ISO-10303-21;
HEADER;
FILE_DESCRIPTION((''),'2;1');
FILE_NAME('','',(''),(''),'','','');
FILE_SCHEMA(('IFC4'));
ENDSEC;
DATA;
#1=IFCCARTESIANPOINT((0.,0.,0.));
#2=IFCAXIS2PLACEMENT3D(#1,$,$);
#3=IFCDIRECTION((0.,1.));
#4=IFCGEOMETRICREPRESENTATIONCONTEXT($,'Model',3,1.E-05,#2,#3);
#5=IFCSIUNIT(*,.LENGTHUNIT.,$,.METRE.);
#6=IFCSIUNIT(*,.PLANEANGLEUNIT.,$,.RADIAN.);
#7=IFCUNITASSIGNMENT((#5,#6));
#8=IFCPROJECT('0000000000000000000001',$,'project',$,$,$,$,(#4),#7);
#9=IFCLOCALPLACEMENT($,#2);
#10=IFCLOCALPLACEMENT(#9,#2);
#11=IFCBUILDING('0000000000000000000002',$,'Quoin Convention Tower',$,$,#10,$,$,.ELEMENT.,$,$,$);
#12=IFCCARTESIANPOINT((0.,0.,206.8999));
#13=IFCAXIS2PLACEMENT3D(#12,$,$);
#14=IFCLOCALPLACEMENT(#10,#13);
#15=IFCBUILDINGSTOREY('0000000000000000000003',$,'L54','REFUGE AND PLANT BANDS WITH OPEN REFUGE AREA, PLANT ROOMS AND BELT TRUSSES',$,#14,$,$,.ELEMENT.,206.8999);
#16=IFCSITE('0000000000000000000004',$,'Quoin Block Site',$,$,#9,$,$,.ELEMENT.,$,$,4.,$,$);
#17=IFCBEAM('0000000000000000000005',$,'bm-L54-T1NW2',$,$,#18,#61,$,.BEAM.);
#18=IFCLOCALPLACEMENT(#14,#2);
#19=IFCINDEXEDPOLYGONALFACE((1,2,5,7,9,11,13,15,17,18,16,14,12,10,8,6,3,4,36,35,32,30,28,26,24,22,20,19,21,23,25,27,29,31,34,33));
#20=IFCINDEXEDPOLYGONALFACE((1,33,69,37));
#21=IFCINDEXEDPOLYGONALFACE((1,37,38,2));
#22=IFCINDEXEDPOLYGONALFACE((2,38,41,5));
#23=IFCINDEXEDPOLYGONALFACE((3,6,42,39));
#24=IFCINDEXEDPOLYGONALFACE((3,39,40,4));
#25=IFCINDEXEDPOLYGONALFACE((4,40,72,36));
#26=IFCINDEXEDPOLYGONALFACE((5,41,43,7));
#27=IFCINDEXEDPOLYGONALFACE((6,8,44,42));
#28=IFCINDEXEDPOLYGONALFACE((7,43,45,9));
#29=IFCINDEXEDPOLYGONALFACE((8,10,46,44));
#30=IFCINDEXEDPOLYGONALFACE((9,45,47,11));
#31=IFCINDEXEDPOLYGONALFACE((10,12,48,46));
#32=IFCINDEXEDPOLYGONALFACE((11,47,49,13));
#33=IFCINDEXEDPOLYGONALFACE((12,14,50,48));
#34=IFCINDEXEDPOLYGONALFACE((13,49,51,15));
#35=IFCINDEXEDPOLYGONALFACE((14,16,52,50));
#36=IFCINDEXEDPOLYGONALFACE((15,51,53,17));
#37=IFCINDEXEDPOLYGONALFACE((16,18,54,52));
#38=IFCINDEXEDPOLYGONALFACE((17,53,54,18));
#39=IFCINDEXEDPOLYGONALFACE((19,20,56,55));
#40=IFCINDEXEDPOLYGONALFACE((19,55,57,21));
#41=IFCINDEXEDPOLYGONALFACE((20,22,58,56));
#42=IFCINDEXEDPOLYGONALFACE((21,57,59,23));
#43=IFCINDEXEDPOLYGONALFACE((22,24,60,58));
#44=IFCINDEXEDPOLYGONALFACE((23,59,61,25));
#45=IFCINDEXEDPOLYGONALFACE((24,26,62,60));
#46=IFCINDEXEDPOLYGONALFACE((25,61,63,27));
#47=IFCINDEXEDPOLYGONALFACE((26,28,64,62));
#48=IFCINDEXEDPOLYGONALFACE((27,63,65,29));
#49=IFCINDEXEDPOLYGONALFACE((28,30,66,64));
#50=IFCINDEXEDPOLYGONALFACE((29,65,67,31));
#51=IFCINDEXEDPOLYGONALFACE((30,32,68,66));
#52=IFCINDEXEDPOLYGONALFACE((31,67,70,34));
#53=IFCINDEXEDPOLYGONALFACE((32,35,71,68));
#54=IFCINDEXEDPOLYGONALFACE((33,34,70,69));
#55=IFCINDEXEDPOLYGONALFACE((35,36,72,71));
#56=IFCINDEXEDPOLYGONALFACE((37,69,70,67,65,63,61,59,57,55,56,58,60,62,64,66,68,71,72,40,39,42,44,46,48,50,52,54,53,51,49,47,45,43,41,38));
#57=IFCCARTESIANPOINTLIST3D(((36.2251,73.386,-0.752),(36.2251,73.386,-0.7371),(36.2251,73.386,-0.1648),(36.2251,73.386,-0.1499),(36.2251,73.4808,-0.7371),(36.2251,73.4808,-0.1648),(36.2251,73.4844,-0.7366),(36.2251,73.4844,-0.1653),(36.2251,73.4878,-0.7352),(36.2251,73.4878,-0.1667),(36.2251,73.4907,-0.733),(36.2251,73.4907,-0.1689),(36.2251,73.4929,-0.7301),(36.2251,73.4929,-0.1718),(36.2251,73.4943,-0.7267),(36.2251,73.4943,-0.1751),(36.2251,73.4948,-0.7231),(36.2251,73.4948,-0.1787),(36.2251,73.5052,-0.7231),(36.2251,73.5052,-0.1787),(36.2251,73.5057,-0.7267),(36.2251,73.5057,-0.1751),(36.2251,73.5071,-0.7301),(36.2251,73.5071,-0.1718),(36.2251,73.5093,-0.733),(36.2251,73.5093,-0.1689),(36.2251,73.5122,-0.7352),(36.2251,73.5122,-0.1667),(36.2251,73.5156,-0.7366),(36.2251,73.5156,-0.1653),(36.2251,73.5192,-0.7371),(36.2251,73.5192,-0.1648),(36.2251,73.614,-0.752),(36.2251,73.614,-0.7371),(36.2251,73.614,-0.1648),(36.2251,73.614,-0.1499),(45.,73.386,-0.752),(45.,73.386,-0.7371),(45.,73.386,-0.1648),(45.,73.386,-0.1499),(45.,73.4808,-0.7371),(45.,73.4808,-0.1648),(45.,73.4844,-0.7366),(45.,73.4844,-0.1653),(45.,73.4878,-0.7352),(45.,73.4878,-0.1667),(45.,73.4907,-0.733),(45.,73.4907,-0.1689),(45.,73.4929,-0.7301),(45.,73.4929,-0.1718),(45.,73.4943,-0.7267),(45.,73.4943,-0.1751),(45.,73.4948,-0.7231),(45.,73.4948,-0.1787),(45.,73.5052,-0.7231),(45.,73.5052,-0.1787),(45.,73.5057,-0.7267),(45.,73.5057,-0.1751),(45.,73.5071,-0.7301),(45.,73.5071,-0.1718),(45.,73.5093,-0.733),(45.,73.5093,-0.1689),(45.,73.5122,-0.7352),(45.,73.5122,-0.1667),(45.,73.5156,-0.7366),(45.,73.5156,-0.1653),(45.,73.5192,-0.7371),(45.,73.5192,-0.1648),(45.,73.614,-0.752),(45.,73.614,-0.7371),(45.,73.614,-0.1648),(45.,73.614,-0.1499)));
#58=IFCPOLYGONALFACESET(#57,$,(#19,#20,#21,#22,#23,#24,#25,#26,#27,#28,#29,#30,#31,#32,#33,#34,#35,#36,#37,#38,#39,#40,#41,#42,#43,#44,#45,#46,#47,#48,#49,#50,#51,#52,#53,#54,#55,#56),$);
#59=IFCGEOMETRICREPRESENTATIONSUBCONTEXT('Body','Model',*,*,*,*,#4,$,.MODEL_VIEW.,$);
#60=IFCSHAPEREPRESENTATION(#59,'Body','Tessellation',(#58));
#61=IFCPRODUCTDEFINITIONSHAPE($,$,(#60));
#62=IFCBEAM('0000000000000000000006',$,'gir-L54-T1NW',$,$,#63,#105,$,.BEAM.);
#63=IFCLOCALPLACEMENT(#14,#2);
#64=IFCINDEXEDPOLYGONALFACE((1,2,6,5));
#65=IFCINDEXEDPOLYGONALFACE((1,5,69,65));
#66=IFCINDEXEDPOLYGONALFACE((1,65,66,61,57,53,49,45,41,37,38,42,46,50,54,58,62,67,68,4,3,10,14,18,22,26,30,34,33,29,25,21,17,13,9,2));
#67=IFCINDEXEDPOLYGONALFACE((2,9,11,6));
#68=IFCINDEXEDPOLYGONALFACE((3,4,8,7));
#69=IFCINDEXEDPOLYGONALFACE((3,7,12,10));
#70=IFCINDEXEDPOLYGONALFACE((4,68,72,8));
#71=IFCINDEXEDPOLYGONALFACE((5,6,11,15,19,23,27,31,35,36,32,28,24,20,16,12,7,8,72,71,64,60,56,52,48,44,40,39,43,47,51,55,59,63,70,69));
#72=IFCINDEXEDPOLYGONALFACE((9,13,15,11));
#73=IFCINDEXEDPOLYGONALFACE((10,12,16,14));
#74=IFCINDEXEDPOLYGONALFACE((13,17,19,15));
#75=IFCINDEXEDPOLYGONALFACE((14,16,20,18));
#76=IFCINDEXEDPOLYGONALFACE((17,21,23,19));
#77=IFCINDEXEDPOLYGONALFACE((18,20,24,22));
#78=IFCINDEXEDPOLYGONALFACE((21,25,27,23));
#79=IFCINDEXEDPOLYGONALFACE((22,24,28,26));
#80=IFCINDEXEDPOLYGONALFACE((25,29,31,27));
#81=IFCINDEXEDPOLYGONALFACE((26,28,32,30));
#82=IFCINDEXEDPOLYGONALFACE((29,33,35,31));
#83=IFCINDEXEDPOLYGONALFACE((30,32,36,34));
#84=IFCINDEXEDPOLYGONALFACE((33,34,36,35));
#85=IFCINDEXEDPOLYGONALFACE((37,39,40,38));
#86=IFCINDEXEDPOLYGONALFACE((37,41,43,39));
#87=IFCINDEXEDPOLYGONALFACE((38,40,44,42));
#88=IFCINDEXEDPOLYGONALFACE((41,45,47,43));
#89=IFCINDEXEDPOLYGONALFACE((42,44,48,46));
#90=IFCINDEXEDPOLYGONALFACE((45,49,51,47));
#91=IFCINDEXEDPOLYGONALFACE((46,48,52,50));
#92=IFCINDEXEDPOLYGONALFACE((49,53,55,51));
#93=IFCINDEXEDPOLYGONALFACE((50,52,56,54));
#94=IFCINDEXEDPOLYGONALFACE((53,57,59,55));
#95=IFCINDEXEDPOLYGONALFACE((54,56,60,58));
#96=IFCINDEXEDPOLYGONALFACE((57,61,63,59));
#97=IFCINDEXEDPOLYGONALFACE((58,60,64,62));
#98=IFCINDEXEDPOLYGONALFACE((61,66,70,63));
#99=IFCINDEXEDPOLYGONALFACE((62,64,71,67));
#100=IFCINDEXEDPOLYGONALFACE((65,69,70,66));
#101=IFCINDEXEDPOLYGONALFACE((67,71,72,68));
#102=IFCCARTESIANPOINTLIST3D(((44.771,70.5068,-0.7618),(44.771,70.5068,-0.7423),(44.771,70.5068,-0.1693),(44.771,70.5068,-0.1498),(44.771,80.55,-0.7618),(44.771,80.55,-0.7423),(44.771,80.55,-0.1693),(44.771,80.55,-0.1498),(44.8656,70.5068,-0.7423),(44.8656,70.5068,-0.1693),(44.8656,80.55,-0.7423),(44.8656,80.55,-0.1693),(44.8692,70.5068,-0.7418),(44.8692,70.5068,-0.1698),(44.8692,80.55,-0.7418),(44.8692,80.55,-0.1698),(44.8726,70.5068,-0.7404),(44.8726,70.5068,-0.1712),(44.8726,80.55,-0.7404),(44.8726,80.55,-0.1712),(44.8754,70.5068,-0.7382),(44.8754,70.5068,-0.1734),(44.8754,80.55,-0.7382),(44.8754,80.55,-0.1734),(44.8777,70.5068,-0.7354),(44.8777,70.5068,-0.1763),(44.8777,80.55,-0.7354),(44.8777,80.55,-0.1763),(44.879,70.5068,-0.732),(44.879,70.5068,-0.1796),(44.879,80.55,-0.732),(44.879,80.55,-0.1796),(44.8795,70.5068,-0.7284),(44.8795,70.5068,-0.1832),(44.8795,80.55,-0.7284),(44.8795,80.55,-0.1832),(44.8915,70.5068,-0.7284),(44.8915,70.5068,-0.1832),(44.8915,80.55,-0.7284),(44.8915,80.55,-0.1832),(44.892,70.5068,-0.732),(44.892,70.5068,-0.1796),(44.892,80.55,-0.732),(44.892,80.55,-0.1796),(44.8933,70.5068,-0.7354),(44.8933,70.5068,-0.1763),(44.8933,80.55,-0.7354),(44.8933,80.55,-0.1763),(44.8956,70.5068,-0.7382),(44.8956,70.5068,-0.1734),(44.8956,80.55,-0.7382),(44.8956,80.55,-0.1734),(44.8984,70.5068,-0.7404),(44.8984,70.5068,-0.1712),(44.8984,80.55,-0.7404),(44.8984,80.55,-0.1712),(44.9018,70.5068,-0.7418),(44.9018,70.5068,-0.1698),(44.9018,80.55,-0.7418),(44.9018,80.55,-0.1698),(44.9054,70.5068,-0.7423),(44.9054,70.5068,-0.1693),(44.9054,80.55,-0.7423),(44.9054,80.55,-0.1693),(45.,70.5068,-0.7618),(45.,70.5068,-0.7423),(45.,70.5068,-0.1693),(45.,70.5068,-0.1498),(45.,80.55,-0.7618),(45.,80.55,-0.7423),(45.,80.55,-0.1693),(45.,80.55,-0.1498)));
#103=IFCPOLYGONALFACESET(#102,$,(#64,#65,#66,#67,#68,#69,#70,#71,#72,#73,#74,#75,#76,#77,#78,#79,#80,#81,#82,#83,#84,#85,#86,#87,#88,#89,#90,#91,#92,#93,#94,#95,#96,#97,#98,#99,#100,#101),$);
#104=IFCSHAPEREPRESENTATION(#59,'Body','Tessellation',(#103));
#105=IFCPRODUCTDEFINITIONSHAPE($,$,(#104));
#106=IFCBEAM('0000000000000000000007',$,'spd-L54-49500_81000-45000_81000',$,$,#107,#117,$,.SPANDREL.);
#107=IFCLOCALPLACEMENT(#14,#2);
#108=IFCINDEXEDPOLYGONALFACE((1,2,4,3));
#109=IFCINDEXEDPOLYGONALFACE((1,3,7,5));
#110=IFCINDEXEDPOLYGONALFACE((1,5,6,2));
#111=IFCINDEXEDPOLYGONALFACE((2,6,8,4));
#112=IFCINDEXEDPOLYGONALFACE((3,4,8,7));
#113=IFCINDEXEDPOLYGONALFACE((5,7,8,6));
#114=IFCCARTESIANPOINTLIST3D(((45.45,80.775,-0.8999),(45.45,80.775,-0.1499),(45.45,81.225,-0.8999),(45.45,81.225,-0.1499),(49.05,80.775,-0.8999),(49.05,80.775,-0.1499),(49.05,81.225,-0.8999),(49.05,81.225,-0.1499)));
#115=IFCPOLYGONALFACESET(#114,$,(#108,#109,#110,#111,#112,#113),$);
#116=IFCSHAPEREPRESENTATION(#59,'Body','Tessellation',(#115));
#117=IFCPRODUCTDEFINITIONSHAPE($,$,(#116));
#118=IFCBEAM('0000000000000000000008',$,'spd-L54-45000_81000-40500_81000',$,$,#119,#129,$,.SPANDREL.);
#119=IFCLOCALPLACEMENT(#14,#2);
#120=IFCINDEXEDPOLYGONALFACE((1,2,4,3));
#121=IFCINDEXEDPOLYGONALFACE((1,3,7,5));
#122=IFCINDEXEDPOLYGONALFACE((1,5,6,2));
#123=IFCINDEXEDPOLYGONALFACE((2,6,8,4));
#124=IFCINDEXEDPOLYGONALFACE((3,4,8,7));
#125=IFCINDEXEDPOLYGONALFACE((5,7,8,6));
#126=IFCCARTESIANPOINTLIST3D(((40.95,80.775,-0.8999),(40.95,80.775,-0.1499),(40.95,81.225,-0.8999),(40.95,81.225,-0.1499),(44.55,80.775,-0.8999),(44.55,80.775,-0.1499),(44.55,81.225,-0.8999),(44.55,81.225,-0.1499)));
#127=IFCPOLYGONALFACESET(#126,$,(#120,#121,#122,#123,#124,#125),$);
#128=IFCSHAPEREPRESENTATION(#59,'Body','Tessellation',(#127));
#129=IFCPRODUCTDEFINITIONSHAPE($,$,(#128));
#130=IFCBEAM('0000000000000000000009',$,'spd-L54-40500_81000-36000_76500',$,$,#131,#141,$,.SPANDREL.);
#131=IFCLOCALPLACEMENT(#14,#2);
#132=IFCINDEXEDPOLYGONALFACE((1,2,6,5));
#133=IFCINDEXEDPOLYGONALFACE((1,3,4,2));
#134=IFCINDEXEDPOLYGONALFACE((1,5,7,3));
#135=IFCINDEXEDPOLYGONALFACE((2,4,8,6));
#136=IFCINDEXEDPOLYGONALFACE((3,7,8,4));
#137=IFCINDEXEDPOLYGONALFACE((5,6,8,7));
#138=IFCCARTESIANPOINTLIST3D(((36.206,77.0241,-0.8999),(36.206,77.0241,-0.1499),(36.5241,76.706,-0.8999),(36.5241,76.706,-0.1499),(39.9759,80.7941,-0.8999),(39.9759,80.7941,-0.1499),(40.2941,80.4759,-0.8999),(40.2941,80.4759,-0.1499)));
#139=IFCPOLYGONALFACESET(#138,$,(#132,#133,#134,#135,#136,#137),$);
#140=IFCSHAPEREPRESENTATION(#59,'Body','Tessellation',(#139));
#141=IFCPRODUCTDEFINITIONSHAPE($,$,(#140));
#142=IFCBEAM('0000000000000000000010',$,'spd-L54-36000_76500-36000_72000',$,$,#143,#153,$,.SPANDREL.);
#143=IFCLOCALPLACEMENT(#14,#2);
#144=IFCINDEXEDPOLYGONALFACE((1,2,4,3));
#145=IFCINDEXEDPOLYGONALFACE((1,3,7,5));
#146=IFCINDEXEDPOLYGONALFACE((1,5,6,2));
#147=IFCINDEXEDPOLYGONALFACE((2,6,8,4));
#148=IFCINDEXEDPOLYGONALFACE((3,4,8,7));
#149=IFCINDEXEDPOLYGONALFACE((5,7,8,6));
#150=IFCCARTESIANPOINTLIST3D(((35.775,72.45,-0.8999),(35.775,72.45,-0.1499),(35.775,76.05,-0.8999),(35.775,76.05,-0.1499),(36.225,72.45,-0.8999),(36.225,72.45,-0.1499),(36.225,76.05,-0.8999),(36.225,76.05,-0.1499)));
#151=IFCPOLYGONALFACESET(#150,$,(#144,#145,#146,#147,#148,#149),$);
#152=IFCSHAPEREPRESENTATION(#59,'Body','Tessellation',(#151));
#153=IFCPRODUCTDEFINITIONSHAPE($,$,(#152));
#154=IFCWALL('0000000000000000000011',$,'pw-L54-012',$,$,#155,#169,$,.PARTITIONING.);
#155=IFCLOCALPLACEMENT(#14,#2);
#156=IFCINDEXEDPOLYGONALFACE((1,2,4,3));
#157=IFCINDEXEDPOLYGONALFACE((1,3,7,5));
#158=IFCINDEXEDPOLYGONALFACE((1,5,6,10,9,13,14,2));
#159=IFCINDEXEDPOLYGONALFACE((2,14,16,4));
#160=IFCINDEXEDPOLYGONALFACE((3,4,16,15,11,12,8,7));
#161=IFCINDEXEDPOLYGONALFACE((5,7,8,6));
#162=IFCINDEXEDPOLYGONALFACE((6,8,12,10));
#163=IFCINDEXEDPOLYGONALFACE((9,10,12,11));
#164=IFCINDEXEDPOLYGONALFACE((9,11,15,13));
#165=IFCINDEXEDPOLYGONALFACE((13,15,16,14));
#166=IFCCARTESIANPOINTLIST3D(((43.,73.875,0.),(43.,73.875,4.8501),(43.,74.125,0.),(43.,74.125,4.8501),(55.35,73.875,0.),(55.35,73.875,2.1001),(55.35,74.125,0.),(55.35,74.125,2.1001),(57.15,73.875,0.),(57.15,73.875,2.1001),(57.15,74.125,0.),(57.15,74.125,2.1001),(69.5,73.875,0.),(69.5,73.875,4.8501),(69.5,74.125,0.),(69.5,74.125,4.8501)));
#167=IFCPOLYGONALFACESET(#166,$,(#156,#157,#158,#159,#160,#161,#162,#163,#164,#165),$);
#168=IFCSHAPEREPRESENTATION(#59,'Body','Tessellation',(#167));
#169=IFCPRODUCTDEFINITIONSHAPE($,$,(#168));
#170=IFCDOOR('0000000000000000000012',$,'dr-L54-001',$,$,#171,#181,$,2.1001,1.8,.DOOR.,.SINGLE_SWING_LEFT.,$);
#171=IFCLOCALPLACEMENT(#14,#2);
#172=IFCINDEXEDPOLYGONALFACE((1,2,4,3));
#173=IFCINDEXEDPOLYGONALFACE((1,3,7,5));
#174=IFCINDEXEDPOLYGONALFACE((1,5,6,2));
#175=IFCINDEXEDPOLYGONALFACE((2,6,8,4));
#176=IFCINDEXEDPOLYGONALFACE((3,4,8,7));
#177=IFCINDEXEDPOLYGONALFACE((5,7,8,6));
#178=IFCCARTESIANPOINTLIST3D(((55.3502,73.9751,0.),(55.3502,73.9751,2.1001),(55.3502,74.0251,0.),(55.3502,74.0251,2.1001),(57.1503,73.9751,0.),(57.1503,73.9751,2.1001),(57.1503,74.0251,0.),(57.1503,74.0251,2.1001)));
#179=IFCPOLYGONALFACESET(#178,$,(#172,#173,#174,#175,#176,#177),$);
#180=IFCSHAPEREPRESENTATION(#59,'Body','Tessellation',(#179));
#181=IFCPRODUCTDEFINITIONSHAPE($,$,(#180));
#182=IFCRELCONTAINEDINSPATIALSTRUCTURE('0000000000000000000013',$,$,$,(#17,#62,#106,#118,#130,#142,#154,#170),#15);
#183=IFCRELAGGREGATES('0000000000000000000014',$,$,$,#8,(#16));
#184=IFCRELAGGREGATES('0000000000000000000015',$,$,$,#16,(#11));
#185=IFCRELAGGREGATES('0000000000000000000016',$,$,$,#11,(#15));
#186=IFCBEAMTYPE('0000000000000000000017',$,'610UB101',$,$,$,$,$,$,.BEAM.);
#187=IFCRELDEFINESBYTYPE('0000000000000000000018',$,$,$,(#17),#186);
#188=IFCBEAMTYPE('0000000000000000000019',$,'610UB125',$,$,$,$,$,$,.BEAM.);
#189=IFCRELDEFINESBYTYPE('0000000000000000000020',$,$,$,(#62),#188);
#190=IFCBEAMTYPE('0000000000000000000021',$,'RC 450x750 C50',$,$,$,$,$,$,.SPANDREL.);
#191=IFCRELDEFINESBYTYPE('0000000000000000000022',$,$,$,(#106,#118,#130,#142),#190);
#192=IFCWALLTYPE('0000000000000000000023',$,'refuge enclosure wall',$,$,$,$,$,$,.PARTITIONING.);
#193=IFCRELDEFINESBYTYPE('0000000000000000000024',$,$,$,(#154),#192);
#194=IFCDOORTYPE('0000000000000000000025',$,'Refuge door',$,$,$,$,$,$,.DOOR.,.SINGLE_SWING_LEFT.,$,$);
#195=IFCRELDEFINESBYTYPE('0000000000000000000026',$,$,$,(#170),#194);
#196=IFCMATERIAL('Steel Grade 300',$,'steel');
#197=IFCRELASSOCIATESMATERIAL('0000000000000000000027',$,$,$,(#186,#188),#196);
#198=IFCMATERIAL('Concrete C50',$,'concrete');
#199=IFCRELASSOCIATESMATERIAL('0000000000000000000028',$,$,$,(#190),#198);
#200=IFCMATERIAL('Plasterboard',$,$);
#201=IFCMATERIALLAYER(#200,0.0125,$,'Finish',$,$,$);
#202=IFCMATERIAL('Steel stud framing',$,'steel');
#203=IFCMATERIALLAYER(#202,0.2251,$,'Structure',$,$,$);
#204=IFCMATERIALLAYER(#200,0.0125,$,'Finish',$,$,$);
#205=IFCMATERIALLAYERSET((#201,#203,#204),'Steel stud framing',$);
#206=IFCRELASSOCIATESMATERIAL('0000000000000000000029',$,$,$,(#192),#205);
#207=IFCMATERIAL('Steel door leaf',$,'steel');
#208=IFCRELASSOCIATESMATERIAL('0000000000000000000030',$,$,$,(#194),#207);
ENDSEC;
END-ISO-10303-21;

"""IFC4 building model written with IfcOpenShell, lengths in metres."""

from ifc_helpers import new_model, si_unit, direction, frame, frame_2d, origin, origin_2d, place, context, subcontext, project, spatial, rectangle, i_section, extrude, material, layer, layer_set, material_profile, profile_set, type_object, element, fill, save


model = new_model("IFC4")

# Units and contexts
model_context = context("Model", 3, precision=1e-05, world=origin(), true_north=direction((0.0, 1.0)))
body_context = subcontext(model_context, "Body", "Model", "MODEL_VIEW")
ifc_project = project(units=[si_unit("LENGTHUNIT", "METRE"), si_unit("PLANEANGLEUNIT", "RADIAN")], contexts=[model_context])

# Site, building, storey
site_placement = place(None, origin())
site = spatial("IfcSite", under=ifc_project, at=site_placement, Name="Quoin Block Site", CompositionType="ELEMENT", RefElevation=4.0)
building_placement = place(site_placement, origin())
building = spatial("IfcBuilding", under=site, at=building_placement, Name="Quoin Convention Tower", CompositionType="ELEMENT")
storey_placement = place(building_placement, frame((0.0, 0.0, 206.8999)))
storey = spatial("IfcBuildingStorey", under=building, at=storey_placement, Name="L54", Description="REFUGE AND PLANT BANDS WITH OPEN REFUGE AREA, PLANT ROOMS AND BELT TRUSSES", CompositionType="ELEMENT", Elevation=206.8999)

# Shared definitions
ifc_material_1 = material(Name="Concrete C50", Category="concrete")

# Shared definitions
ifc_material_2 = material(Name="Steel Grade 300", Category="steel")

# Beams
ifc_material_profile_1 = material_profile(ifc_material_2, i_section(OverallWidth=0.228, OverallDepth=0.6021, WebThickness=0.0105, FlangeThickness=0.0149, FilletRadius=0.0139, at=origin_2d()), Name="610UB101")
ifc_profile_set_1 = profile_set([ifc_material_profile_1], Name="Steel Grade 300")
beam_type_1 = type_object("IfcBeamType", Name="610UB101", PredefinedType="BEAM", material=ifc_profile_set_1)
beam_1_placement = place(storey_placement, frame((36.2251, 73.5, -0.4509), z_axis=(1.0, 0.0, 0.0), x_axis=(0.0, 1.0, 0.0)))
element("IfcBeam", 1, at=beam_1_placement, inside=storey, type_object=beam_type_1, Name="bm-L54-T1NW2", PredefinedType="BEAM", context=body_context, shape_type="SweptSolid", body=[
    extrude(i_section(OverallWidth=0.228, OverallDepth=0.6021, WebThickness=0.0105, FlangeThickness=0.0149, FilletRadius=0.0139, at=origin_2d()), origin(), (0.0, 0.0, 1.0), 8.7749),
])
ifc_material_profile_2 = material_profile(ifc_material_2, i_section(OverallWidth=0.229, OverallDepth=0.6121, WebThickness=0.012, FlangeThickness=0.0195, FilletRadius=0.0139, at=origin_2d()), Name="610UB125")
ifc_profile_set_2 = profile_set([ifc_material_profile_2], Name="Steel Grade 300")
beam_type_2 = type_object("IfcBeamType", Name="610UB125", PredefinedType="BEAM", material=ifc_profile_set_2)
beam_2_placement = place(storey_placement, frame((44.8855, 80.55, -0.4558), z_axis=(0.0, -1.0, 0.0), x_axis=(1.0, 0.0, 0.0)))
element("IfcBeam", 2, at=beam_2_placement, inside=storey, type_object=beam_type_2, Name="gir-L54-T1NW", PredefinedType="BEAM", context=body_context, shape_type="SweptSolid", body=[
    extrude(i_section(OverallWidth=0.229, OverallDepth=0.6121, WebThickness=0.012, FlangeThickness=0.0195, FilletRadius=0.0139, at=origin_2d()), origin(), (0.0, 0.0, 1.0), 10.0432),
])
ifc_material_profile_3 = material_profile(ifc_material_1, rectangle(XDim=0.45, YDim=0.75, at=origin_2d()), Name="RC 450x750")
ifc_profile_set_3 = profile_set([ifc_material_profile_3], Name="Concrete C50")
beam_type_3 = type_object("IfcBeamType", Name="RC 450x750 C50", PredefinedType="SPANDREL", material=ifc_profile_set_3)
for number, where, z_axis, x_axis, name in (
    (3, (49.05, 81.0, -0.5249), (-1.0, 0.0, 0.0), (0.0, -1.0, 0.0), "spd-L54-49500_81000-45000_81000"),
    (4, (44.55, 81.0, -0.5249), (-1.0, 0.0, 0.0), (0.0, -1.0, 0.0), "spd-L54-45000_81000-40500_81000"),
):
    element("IfcBeam", number, at=place(storey_placement, frame(where, z_axis=z_axis, x_axis=x_axis)), inside=storey, type_object=beam_type_3, Name=name, PredefinedType="SPANDREL", context=body_context, shape_type="SweptSolid", body=[
        extrude(rectangle(XDim=0.45, YDim=0.75, at=origin_2d()), origin(), (0.0, 0.0, 1.0), 3.6001),
    ])
beam_3_placement = place(storey_placement, frame((40.135, 80.635, -0.5249), z_axis=(-0.707107, -0.707107, 0.0), x_axis=(0.707107, -0.707107, 0.0)))
element("IfcBeam", 5, at=beam_3_placement, inside=storey, type_object=beam_type_3, Name="spd-L54-40500_81000-36000_76500", PredefinedType="SPANDREL", context=body_context, shape_type="SweptSolid", body=[
    extrude(rectangle(XDim=0.45, YDim=0.75, at=origin_2d()), origin(), (0.0, 0.0, 1.0), 5.3315),
])
beam_4_placement = place(storey_placement, frame((36.0, 76.05, -0.5249), z_axis=(0.0, -1.0, 0.0), x_axis=(1.0, 0.0, 0.0)))
element("IfcBeam", 6, at=beam_4_placement, inside=storey, type_object=beam_type_3, Name="spd-L54-36000_76500-36000_72000", PredefinedType="SPANDREL", context=body_context, shape_type="SweptSolid", body=[
    extrude(rectangle(XDim=0.45, YDim=0.75, at=origin_2d()), origin(), (0.0, 0.0, 1.0), 3.6001),
])

# Wall, opening, door
ifc_material_3 = material(Name="Plasterboard")
ifc_layer_1 = layer(ifc_material_3, 0.0125, Name="Finish")
ifc_material_4 = material(Name="Steel stud framing", Category="steel")
ifc_layer_2 = layer(ifc_material_4, 0.2251, Name="Structure")
ifc_layer_3 = layer(ifc_material_3, 0.0125, Name="Finish")
ifc_layer_set = layer_set([ifc_layer_1, ifc_layer_2, ifc_layer_3], Name="Steel stud framing")
wall_type = type_object("IfcWallType", Name="refuge enclosure wall", PredefinedType="PARTITIONING", material=ifc_layer_set)
wall_placement = place(storey_placement, frame((43.0, 74.0, 0.0), z_axis=(0.0, 0.0, 1.0), x_axis=(1.0, 0.0, 0.0)))
wall = element("IfcWall", 7, at=wall_placement, inside=storey, type_object=wall_type, Name="pw-L54-012", PredefinedType="PARTITIONING", context=body_context, shape_type="SweptSolid", body=[
    extrude(rectangle(XDim=26.5, YDim=0.25, at=frame_2d((13.25, 0.0))), origin(), (0.0, 0.0, 1.0), 4.8501),
])
opening_placement = place(wall_placement, frame((12.3501, 0.0, 0.0)))
opening = element("IfcOpeningElement", 8, at=opening_placement, cuts=wall, PredefinedType="OPENING", context=body_context, shape_type="SweptSolid", body=[
    extrude(rectangle(XDim=1.8, YDim=2.1001, at=frame_2d((0.8999, 1.05))), frame((0.0, 0.135, 0.0), z_axis=(0.0, -1.0, 0.0), x_axis=(1.0, 0.0, 0.0)), (0.0, 0.0, 1.0), 0.27),
])
ifc_material_5 = material(Name="Steel door leaf", Category="steel")
door_type = type_object("IfcDoorType", Name="Refuge door", OperationType="SINGLE_SWING_LEFT", PredefinedType="DOOR", material=ifc_material_5)
door_placement = place(opening_placement, frame((1.8, 0.0, 0.0), z_axis=(0.0, 0.0, 1.0), x_axis=(-1.0, 0.0, 0.0)))
door = element("IfcDoor", 9, at=door_placement, inside=storey, type_object=door_type, Name="dr-L54-001", OperationType="SINGLE_SWING_LEFT", OverallHeight=2.1001, OverallWidth=1.8, PredefinedType="DOOR", context=body_context, shape_type="SweptSolid", body=[
    extrude(rectangle(XDim=1.8, YDim=2.1001, at=frame_2d((0.8999, 1.05))), frame((0.0, 0.0249, 0.0), z_axis=(0.0, -1.0, 0.0), x_axis=(1.0, 0.0, 0.0)), (0.0, 0.0, 1.0), 0.05),
])
fill(opening, door)

save(model, "model.ifc")
